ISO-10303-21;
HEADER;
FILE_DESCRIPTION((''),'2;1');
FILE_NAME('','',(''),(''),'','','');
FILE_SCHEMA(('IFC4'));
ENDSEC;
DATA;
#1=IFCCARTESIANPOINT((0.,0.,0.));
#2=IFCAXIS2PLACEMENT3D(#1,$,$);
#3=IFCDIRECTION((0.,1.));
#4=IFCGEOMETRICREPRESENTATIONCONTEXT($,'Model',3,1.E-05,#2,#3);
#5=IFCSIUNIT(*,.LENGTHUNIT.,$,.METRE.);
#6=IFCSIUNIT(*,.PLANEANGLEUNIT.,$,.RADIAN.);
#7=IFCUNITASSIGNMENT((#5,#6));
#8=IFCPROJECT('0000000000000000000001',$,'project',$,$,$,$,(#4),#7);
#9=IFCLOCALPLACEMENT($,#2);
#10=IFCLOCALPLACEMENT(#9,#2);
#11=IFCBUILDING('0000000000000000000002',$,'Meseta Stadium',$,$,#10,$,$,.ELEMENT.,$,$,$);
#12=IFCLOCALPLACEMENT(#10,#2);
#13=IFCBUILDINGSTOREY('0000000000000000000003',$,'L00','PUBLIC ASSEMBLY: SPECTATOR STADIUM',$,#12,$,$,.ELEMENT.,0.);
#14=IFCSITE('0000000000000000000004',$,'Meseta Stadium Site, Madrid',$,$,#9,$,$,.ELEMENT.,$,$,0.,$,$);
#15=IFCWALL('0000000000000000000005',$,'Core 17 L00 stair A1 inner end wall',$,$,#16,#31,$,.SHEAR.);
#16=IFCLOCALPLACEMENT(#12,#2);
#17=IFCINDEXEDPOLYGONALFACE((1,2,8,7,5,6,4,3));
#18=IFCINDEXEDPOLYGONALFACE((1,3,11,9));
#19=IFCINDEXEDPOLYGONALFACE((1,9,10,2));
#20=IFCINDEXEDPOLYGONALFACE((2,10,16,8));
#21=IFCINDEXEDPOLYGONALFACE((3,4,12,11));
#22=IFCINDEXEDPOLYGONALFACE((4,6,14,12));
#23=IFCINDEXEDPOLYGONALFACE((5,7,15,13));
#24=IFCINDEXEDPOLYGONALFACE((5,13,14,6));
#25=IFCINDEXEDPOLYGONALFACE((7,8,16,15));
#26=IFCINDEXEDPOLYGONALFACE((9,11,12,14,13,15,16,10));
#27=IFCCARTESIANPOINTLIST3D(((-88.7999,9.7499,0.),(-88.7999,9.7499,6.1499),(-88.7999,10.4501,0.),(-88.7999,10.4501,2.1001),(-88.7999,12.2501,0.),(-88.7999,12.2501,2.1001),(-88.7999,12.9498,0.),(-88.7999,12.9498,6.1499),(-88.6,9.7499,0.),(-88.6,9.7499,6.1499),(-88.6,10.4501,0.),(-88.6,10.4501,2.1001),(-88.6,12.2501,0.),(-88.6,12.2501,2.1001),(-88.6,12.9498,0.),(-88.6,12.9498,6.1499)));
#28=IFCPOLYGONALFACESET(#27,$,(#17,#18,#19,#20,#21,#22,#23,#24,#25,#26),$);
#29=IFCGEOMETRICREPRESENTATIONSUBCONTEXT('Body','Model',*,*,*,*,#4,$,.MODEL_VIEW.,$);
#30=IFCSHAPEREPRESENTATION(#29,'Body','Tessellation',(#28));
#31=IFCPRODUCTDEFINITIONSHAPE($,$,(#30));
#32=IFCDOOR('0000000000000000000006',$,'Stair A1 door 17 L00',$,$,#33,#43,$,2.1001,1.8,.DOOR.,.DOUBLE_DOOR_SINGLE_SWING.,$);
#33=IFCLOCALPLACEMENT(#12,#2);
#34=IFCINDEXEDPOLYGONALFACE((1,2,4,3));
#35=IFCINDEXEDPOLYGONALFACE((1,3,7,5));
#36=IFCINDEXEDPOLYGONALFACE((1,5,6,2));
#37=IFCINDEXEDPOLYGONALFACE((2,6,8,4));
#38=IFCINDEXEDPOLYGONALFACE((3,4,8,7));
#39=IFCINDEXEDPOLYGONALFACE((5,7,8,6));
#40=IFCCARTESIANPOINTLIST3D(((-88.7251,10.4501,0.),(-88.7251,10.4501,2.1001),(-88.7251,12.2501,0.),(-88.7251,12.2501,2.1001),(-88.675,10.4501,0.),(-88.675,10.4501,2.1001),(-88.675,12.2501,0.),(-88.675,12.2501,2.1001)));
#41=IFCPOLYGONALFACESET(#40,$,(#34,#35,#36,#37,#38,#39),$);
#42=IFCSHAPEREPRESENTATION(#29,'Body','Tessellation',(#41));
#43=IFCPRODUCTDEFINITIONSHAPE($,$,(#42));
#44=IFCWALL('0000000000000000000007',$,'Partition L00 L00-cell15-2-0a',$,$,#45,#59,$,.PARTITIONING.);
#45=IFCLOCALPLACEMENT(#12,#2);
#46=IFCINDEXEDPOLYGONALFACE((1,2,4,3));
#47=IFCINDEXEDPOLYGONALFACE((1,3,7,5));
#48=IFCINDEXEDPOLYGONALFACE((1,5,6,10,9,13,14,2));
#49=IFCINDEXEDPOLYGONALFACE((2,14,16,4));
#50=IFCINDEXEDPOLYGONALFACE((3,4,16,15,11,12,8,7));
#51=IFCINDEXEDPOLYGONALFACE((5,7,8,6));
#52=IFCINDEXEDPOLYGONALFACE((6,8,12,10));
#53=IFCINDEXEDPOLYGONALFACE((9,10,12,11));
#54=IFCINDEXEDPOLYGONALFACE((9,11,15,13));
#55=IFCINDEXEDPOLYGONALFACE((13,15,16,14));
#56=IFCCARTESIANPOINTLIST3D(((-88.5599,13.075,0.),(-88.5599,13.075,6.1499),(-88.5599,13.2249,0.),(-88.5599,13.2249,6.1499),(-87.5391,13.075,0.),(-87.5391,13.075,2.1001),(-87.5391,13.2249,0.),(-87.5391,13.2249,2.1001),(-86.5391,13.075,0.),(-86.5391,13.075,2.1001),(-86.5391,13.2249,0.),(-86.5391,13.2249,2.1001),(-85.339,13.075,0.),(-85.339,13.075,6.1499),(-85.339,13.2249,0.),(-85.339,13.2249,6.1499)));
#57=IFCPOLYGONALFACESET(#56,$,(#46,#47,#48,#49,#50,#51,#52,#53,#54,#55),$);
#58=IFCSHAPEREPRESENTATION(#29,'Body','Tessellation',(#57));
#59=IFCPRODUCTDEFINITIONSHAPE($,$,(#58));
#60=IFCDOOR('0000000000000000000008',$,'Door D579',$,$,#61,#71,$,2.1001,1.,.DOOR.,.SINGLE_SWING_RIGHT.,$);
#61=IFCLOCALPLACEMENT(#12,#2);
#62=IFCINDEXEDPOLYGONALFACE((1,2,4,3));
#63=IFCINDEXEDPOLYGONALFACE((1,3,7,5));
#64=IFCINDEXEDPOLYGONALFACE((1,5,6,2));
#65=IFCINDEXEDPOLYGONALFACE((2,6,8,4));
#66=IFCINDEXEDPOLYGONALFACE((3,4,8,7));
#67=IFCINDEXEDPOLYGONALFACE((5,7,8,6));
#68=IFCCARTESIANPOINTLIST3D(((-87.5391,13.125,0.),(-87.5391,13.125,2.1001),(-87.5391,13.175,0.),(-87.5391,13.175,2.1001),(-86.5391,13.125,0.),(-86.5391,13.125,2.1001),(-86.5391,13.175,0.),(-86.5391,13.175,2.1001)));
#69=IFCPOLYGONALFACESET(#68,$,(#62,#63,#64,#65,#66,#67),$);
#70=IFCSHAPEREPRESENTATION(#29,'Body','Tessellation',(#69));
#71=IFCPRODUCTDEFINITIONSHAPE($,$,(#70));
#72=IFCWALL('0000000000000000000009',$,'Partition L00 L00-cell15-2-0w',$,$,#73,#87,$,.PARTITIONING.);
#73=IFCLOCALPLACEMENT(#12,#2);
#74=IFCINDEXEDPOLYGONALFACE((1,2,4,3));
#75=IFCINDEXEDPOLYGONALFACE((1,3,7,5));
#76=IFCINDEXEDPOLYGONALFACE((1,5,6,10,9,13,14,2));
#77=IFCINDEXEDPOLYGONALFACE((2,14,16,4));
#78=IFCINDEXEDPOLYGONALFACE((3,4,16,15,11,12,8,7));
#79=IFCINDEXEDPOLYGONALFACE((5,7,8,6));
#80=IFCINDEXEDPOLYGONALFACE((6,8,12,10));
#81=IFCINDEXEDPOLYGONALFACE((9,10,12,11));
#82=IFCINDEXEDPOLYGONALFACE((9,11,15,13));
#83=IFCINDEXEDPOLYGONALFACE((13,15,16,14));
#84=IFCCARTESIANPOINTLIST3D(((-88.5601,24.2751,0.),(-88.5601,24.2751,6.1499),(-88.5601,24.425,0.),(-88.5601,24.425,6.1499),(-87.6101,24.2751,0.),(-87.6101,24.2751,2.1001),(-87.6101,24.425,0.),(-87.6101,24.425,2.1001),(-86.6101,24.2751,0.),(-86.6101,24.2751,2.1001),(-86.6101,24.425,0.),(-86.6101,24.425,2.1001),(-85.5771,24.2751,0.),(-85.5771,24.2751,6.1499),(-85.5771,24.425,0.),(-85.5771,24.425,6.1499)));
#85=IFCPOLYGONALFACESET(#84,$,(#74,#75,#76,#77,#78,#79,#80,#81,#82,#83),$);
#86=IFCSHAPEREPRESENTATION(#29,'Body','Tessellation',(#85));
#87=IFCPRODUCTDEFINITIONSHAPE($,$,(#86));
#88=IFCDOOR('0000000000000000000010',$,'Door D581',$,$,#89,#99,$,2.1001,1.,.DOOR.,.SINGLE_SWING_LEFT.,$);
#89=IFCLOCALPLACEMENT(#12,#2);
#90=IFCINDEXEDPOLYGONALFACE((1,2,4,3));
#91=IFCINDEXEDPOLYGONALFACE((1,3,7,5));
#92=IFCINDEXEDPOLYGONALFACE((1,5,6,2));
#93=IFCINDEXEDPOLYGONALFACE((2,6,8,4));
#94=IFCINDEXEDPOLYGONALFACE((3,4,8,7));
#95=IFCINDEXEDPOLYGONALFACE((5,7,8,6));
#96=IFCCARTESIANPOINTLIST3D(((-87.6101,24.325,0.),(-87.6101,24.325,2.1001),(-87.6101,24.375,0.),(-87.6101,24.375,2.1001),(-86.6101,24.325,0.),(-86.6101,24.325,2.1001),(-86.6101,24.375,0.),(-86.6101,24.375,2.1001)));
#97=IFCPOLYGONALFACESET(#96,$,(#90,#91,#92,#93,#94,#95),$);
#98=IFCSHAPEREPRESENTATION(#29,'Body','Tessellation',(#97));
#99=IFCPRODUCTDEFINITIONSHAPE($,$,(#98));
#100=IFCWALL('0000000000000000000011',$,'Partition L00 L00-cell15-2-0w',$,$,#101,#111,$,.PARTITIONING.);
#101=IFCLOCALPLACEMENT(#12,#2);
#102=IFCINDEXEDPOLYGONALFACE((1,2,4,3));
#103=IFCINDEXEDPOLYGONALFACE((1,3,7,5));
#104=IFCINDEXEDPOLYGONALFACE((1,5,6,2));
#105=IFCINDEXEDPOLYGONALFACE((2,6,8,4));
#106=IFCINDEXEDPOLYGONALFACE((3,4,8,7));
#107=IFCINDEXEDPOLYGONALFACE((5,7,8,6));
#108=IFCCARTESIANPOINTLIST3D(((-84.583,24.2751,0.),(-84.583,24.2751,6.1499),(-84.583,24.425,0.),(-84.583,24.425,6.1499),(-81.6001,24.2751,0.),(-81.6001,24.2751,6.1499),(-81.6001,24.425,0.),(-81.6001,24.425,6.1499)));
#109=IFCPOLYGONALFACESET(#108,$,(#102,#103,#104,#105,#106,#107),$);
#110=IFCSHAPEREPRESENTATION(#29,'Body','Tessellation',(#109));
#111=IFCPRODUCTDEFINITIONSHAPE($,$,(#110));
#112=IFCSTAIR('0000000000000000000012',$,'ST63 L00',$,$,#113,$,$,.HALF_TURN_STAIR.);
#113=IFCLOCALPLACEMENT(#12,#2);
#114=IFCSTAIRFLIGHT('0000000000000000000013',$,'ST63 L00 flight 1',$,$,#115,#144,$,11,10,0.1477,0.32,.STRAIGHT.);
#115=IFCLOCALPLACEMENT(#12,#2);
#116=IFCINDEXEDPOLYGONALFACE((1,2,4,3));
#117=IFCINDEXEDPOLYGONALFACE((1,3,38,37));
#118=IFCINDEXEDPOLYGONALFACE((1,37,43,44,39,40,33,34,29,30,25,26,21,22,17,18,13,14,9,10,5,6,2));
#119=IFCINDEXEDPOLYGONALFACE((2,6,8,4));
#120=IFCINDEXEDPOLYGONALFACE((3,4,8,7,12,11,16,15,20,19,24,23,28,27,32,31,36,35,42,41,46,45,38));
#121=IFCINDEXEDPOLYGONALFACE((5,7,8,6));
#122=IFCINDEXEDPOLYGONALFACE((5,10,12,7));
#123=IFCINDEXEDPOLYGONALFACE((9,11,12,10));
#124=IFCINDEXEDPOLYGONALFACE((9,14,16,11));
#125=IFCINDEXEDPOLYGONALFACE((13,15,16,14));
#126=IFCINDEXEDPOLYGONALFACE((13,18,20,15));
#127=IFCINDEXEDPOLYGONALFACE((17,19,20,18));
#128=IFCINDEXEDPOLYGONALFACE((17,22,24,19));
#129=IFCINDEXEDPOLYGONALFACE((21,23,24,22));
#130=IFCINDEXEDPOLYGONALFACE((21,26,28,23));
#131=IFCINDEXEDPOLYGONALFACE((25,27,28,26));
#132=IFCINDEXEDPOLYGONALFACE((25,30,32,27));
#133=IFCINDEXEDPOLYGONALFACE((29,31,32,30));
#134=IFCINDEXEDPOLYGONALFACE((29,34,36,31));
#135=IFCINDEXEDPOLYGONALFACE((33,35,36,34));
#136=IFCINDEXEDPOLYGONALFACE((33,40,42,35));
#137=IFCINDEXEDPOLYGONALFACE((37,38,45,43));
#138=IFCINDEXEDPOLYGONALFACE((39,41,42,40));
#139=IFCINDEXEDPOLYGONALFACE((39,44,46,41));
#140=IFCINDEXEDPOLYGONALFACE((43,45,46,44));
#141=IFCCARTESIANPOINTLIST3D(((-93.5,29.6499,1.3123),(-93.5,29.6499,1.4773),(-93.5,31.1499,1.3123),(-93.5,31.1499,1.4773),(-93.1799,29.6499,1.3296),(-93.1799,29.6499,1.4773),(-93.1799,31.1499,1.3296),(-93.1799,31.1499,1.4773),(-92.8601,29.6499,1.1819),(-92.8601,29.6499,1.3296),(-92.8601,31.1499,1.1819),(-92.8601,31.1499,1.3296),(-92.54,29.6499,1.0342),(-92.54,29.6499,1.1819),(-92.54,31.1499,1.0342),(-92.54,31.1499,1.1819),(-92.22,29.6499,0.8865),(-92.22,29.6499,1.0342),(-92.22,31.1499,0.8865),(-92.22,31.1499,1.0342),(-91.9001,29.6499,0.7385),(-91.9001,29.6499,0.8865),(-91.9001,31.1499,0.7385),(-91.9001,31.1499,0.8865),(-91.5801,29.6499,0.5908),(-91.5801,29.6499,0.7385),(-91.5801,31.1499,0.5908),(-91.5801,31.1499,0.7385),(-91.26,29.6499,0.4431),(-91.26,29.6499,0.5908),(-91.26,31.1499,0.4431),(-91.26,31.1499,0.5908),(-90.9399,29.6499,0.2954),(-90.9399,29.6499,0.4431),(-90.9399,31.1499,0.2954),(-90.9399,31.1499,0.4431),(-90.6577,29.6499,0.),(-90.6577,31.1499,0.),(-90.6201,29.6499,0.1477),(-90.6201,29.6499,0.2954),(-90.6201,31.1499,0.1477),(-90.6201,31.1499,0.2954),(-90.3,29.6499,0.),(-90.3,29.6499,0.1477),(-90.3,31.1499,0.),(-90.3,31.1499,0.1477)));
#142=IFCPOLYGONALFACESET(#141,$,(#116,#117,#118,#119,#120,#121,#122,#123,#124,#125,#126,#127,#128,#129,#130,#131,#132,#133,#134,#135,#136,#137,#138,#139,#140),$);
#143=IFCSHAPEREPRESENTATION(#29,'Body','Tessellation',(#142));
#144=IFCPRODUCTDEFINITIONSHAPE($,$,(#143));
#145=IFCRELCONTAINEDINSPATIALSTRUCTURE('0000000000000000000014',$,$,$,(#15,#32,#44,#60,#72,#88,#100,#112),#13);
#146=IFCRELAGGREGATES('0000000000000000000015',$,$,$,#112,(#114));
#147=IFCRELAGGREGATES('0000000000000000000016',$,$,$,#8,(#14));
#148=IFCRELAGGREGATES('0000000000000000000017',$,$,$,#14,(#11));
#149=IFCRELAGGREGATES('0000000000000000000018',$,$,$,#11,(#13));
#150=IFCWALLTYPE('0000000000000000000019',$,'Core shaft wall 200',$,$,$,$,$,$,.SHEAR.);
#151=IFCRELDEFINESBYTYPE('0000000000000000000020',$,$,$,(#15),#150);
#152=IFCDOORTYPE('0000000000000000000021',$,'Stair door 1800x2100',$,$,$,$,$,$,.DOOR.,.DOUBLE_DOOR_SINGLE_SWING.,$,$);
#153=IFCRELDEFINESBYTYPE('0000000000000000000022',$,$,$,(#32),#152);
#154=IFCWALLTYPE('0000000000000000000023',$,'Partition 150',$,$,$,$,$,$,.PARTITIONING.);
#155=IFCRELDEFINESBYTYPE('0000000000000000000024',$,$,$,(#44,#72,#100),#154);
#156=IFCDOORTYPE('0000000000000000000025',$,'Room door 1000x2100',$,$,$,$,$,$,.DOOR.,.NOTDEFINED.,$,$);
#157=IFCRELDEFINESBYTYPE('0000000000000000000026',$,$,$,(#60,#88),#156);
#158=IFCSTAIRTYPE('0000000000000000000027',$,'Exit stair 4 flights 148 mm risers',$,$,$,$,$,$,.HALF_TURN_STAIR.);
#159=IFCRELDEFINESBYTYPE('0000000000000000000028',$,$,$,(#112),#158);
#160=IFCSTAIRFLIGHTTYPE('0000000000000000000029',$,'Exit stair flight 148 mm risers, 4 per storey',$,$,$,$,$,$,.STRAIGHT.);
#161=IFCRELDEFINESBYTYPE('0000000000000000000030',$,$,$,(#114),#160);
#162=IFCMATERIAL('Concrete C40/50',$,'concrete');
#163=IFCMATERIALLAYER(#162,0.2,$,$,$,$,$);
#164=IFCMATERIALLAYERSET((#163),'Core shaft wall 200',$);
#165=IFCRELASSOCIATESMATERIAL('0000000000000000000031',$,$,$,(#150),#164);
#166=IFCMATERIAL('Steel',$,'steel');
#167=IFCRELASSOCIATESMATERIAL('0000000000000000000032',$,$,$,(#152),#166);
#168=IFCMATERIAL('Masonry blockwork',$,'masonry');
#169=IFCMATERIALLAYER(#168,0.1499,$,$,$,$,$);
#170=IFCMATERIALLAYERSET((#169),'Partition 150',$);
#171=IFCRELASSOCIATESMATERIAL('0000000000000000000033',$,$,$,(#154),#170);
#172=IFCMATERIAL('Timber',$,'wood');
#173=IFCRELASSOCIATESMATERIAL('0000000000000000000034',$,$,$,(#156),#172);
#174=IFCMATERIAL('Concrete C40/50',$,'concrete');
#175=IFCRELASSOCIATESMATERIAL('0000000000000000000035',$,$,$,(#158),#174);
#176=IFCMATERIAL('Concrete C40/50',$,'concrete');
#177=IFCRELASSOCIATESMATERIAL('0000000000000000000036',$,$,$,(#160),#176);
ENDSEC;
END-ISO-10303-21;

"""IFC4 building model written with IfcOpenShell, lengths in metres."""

from ifc_helpers import new_model, si_unit, direction, frame, frame_2d, origin, place, context, subcontext, project, spatial, polyline, rectangle, outline, extrude, material, layer, layer_set, type_object, element, fill, aggregate, save


model = new_model("IFC4")

# Units and contexts
model_context = context("Model", 3, precision=1e-05, world=origin(), true_north=direction((0.0, 1.0)))
body_context = subcontext(model_context, "Body", "Model", "MODEL_VIEW")
ifc_project = project(units=[si_unit("LENGTHUNIT", "METRE"), si_unit("PLANEANGLEUNIT", "RADIAN")], contexts=[model_context])

# Site, building, storey
site_placement = place(None, origin())
site = spatial("IfcSite", under=ifc_project, at=site_placement, Name="Meseta Stadium Site, Madrid", CompositionType="ELEMENT", RefElevation=0.0)
building_placement = place(site_placement, origin())
building = spatial("IfcBuilding", under=site, at=building_placement, Name="Meseta Stadium", CompositionType="ELEMENT")
storey_placement = place(building_placement, origin())
storey = spatial("IfcBuildingStorey", under=building, at=storey_placement, Name="L00", Description="PUBLIC ASSEMBLY: SPECTATOR STADIUM", CompositionType="ELEMENT", Elevation=0.0)

# Walls, openings, doors
ifc_material_1 = material(Name="Concrete C40/50", Category="concrete")
ifc_layer_1 = layer(ifc_material_1, 0.2)
ifc_layer_set_1 = layer_set([ifc_layer_1], Name="Core shaft wall 200")
wall_type_1 = type_object("IfcWallType", Name="Core shaft wall 200", PredefinedType="SHEAR", material=ifc_layer_set_1)
ifc_material_2 = material(Name="Steel", Category="steel")
door_type_1 = type_object("IfcDoorType", Name="Stair door 1800x2100", OperationType="DOUBLE_DOOR_SINGLE_SWING", PredefinedType="DOOR", material=ifc_material_2)
wall_1_placement = place(storey_placement, frame((-88.7, 12.95, 0.0), z_axis=(0.0, 0.0, 1.0), x_axis=(0.0, -1.0, 0.0)))
wall_1 = element("IfcWall", 1, at=wall_1_placement, inside=storey, type_object=wall_type_1, Name="Core 17 L00 stair A1 inner end wall", PredefinedType="SHEAR", context=body_context, shape_type="SweptSolid", body=[
    extrude(rectangle(XDim=3.2, YDim=0.2, at=frame_2d((1.6001, 0.0))), origin(), (0.0, 0.0, 1.0), 6.1499),
])
opening_1_placement = place(wall_1_placement, frame((0.7, 0.0, 0.0)))
opening_1 = element("IfcOpeningElement", 2, at=opening_1_placement, cuts=wall_1, PredefinedType="OPENING", context=body_context, shape_type="SweptSolid", body=[
    extrude(rectangle(XDim=1.8, YDim=2.1001, at=frame_2d((0.8999, 1.05))), frame((0.0, 0.1099, 0.0), z_axis=(0.0, -1.0, 0.0), x_axis=(1.0, 0.0, 0.0)), (0.0, 0.0, 1.0), 0.22),
])
door_1_placement = place(opening_1_placement, origin())
door_1 = element("IfcDoor", 3, at=door_1_placement, inside=storey, type_object=door_type_1, Name="Stair A1 door 17 L00", OperationType="DOUBLE_DOOR_SINGLE_SWING", OverallHeight=2.1001, OverallWidth=1.8, PredefinedType="DOOR", context=body_context, shape_type="SweptSolid", body=[
    extrude(rectangle(XDim=1.8, YDim=2.1001, at=frame_2d((0.8999, 1.05))), frame((0.0, 0.0249, 0.0), z_axis=(0.0, -1.0, 0.0), x_axis=(1.0, 0.0, 0.0)), (0.0, 0.0, 1.0), 0.05),
])
fill(opening_1, door_1)
ifc_material_3 = material(Name="Masonry blockwork", Category="masonry")
ifc_layer_2 = layer(ifc_material_3, 0.1499)
ifc_layer_set_2 = layer_set([ifc_layer_2], Name="Partition 150")
wall_type_2 = type_object("IfcWallType", Name="Partition 150", PredefinedType="PARTITIONING", material=ifc_layer_set_2)
wall_2_placement = place(storey_placement, frame((-85.3391, 13.1499, 0.0), z_axis=(0.0, 0.0, 1.0), x_axis=(-1.0, 0.0, 0.0)))
wall_2 = element("IfcWall", 4, at=wall_2_placement, inside=storey, type_object=wall_type_2, Name="Partition L00 L00-cell15-2-0a", PredefinedType="PARTITIONING", context=body_context, shape_type="SweptSolid", body=[
    extrude(rectangle(XDim=3.2209, YDim=0.1499, at=frame_2d((1.6104, 0.0))), origin(), (0.0, 0.0, 1.0), 6.1499),
])
opening_2_placement = place(wall_2_placement, frame((1.2, 0.0, 0.0)))
opening_2 = element("IfcOpeningElement", 5, at=opening_2_placement, cuts=wall_2, PredefinedType="OPENING", context=body_context, shape_type="SweptSolid", body=[
    extrude(rectangle(XDim=1.0, YDim=2.1001, at=frame_2d((0.5, 1.05))), frame((0.0, 0.085, 0.0), z_axis=(0.0, -1.0, 0.0), x_axis=(1.0, 0.0, 0.0)), (0.0, 0.0, 1.0), 0.1699),
])
ifc_material_4 = material(Name="Timber", Category="wood")
door_type_2 = type_object("IfcDoorType", Name="Room door 1000x2100", OperationType="NOTDEFINED", PredefinedType="DOOR", material=ifc_material_4)
door_2_placement = place(opening_2_placement, origin())
door_2 = element("IfcDoor", 6, at=door_2_placement, inside=storey, type_object=door_type_2, Name="Door D579", OperationType="SINGLE_SWING_RIGHT", OverallHeight=2.1001, OverallWidth=1.0, PredefinedType="DOOR", context=body_context, shape_type="SweptSolid", body=[
    extrude(rectangle(XDim=1.0, YDim=2.1001, at=frame_2d((0.5, 1.05))), frame((0.0, 0.0249, 0.0), z_axis=(0.0, -1.0, 0.0), x_axis=(1.0, 0.0, 0.0)), (0.0, 0.0, 1.0), 0.05),
])
fill(opening_2, door_2)
wall_3_placement = place(storey_placement, frame((-88.5601, 24.3501, 0.0), z_axis=(0.0, 0.0, 1.0), x_axis=(1.0, 0.0, 0.0)))
wall_3 = element("IfcWall", 7, at=wall_3_placement, inside=storey, type_object=wall_type_2, Name="Partition L00 L00-cell15-2-0w", PredefinedType="PARTITIONING", context=body_context, shape_type="SweptSolid", body=[
    extrude(rectangle(XDim=2.9829, YDim=0.1499, at=frame_2d((1.4915, 0.0))), origin(), (0.0, 0.0, 1.0), 6.1499),
])
opening_3_placement = place(wall_3_placement, frame((0.95, 0.0, 0.0)))
opening_3 = element("IfcOpeningElement", 8, at=opening_3_placement, cuts=wall_3, PredefinedType="OPENING", context=body_context, shape_type="SweptSolid", body=[
    extrude(rectangle(XDim=1.0, YDim=2.1001, at=frame_2d((0.5, 1.05))), frame((0.0, 0.085, 0.0), z_axis=(0.0, -1.0, 0.0), x_axis=(1.0, 0.0, 0.0)), (0.0, 0.0, 1.0), 0.1699),
])
door_3_placement = place(opening_3_placement, origin())
door_3 = element("IfcDoor", 9, at=door_3_placement, inside=storey, type_object=door_type_2, Name="Door D581", OperationType="SINGLE_SWING_LEFT", OverallHeight=2.1001, OverallWidth=1.0, PredefinedType="DOOR", context=body_context, shape_type="SweptSolid", body=[
    extrude(rectangle(XDim=1.0, YDim=2.1001, at=frame_2d((0.5, 1.05))), frame((0.0, 0.0249, 0.0), z_axis=(0.0, -1.0, 0.0), x_axis=(1.0, 0.0, 0.0)), (0.0, 0.0, 1.0), 0.05),
])
fill(opening_3, door_3)

# Wall
wall_4_placement = place(storey_placement, frame((-84.583, 24.3501, 0.0), z_axis=(0.0, 0.0, 1.0), x_axis=(1.0, 0.0, 0.0)))
element("IfcWall", 10, at=wall_4_placement, inside=storey, type_object=wall_type_2, Name="Partition L00 L00-cell15-2-0w", PredefinedType="PARTITIONING", context=body_context, shape_type="SweptSolid", body=[
    extrude(rectangle(XDim=2.9829, YDim=0.1499, at=frame_2d((1.4915, 0.0))), origin(), (0.0, 0.0, 1.0), 6.1499),
])

# Stair, stair flight
ifc_material_5 = material(Name="Concrete C40/50", Category="concrete")
stair_type = type_object("IfcStairType", Name="Exit stair 4 flights 148 mm risers", PredefinedType="HALF_TURN_STAIR", material=ifc_material_5)
stair_1_placement = place(storey_placement, origin())
stair_1 = element("IfcStair", 11, at=stair_1_placement, inside=storey, type_object=stair_type, Name="ST63 L00", PredefinedType="HALF_TURN_STAIR")
ifc_material_6 = material(Name="Concrete C40/50", Category="concrete")
stair_flight_type = type_object("IfcStairFlightType", Name="Exit stair flight 148 mm risers, 4 per storey", PredefinedType="STRAIGHT", material=ifc_material_6)
stair_flight_1_placement = place(storey_placement, frame((-90.3, 30.3999, 0.0), z_axis=(0.0, 0.0, 1.0), x_axis=(-1.0, 0.0, 0.0)))
stair_flight_1 = element("IfcStairFlight", 12, at=stair_flight_1_placement, type_object=stair_flight_type, Name="ST63 L00 flight 1", NumberOfRisers=11, NumberOfTreads=10, PredefinedType="STRAIGHT", RiserHeight=0.1477, TreadLength=0.32, context=body_context, shape_type="SweptSolid", body=[
    extrude(outline(polyline([(0.0, 0.0), (0.0, 0.1477), (0.3201, 0.1477), (0.3201, 0.2954), (0.6399, 0.2954), (0.6399, 0.4431), (0.96, 0.4431), (0.96, 0.5908), (1.28, 0.5908), (1.28, 0.7385), (1.6001, 0.7385), (1.6001, 0.8865), (1.9199, 0.8865), (1.9199, 1.0342), (2.24, 1.0342), (2.24, 1.1819), (2.5601, 1.1819), (2.5601, 1.3296), (2.8799, 1.3296), (2.8799, 1.4773), (3.2, 1.4773), (3.2, 1.3123), (0.3577, 0.0), (0.0, 0.0)])), frame((0.0, 0.75, 0.0), z_axis=(0.0, -1.0, 0.0), x_axis=(1.0, 0.0, 0.0)), (0.0, 0.0, 1.0), 1.5),
])
aggregate(stair_1, [stair_flight_1])

save(model, "model.ifc")
